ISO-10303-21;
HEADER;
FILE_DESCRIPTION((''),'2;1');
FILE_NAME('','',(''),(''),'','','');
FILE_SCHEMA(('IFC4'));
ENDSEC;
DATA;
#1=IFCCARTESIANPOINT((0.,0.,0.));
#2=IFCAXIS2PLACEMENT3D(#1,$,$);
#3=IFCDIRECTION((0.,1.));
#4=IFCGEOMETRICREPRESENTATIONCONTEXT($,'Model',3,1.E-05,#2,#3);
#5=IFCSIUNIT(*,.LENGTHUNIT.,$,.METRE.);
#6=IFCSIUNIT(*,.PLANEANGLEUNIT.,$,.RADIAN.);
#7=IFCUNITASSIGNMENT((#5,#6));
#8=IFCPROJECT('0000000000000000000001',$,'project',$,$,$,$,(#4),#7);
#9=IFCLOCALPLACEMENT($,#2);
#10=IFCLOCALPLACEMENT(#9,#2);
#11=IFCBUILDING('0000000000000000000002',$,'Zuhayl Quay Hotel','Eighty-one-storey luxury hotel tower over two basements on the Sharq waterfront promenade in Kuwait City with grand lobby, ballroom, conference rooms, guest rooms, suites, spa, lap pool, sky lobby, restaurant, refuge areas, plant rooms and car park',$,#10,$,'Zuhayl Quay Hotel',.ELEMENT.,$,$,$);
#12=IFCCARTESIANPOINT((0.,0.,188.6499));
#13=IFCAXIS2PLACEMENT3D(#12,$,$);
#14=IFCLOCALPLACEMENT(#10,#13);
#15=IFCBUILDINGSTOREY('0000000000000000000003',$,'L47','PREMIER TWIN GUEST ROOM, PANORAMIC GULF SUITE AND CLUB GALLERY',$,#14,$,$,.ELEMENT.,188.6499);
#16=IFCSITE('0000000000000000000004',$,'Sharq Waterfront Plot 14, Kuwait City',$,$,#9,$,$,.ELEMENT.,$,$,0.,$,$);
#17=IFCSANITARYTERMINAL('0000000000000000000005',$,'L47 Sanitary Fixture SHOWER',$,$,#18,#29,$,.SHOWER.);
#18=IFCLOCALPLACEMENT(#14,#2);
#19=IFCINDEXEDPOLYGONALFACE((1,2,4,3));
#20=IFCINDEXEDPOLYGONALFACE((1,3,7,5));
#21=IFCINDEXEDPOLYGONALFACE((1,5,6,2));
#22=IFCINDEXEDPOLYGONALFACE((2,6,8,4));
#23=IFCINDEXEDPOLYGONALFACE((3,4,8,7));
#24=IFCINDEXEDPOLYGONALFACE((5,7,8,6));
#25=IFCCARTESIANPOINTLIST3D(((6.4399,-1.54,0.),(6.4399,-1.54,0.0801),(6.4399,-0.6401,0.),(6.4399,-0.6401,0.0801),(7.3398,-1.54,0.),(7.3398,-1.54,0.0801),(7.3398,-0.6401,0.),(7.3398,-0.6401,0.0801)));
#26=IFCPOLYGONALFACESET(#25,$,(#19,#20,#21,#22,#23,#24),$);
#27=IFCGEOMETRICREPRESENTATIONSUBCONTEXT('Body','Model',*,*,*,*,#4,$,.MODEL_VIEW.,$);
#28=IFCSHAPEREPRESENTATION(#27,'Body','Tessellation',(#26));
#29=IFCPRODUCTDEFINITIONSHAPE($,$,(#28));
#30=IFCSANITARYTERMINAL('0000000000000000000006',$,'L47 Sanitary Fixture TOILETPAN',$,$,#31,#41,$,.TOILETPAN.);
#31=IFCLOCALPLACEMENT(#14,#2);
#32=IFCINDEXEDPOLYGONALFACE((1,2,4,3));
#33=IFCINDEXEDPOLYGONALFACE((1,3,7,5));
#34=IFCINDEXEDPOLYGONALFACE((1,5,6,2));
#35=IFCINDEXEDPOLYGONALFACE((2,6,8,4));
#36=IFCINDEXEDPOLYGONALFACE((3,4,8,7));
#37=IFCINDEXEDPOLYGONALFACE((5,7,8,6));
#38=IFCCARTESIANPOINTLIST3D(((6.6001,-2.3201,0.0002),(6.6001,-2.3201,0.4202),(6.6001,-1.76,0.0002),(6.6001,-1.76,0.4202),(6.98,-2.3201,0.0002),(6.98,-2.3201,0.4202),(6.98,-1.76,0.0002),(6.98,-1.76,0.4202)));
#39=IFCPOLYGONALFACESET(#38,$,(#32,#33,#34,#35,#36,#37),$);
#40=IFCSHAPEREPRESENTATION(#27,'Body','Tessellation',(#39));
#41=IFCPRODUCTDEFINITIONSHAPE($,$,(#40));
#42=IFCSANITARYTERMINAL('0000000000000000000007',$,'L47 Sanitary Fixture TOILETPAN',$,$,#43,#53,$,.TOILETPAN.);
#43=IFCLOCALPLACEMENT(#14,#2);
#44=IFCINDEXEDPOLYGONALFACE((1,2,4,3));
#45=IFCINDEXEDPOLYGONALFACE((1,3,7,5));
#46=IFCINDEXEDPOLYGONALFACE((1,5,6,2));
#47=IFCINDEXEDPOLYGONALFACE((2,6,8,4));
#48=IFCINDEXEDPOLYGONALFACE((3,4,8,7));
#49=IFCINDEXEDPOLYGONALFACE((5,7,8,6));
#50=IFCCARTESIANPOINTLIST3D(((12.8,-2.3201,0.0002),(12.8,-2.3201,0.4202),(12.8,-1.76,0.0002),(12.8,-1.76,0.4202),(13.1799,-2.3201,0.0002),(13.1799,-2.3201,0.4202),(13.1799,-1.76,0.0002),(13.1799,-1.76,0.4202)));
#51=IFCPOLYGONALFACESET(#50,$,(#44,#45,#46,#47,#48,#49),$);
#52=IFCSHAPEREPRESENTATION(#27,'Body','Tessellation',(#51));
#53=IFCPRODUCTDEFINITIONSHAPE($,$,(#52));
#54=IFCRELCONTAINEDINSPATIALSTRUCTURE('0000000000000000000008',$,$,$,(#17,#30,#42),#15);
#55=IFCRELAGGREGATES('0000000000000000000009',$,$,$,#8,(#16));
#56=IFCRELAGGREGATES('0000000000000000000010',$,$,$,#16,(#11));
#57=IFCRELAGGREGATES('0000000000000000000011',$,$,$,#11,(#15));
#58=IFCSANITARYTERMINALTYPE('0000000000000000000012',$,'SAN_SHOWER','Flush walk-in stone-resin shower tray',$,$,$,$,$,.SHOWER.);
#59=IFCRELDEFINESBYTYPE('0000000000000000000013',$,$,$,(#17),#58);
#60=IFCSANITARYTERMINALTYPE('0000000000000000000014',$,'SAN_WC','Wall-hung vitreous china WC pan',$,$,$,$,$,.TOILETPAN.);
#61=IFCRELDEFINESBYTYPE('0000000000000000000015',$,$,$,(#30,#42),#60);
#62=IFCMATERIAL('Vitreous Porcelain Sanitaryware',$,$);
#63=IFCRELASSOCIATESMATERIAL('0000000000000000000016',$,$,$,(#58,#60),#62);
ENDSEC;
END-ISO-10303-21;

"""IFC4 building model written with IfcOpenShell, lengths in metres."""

from ifc_helpers import new_model, si_unit, direction, frame, origin, origin_2d, place, context, subcontext, project, spatial, rectangle, extrude, material, type_object, element, save


model = new_model("IFC4")

# Units and contexts
model_context = context("Model", 3, precision=1e-05, world=origin(), true_north=direction((0.0, 1.0)))
body_context = subcontext(model_context, "Body", "Model", "MODEL_VIEW")
ifc_project = project(units=[si_unit("LENGTHUNIT", "METRE"), si_unit("PLANEANGLEUNIT", "RADIAN")], contexts=[model_context])

# Site, building, storey
site_placement = place(None, origin())
site = spatial("IfcSite", under=ifc_project, at=site_placement, Name="Sharq Waterfront Plot 14, Kuwait City", CompositionType="ELEMENT", RefElevation=0.0)
building_placement = place(site_placement, origin())
building = spatial("IfcBuilding", under=site, at=building_placement, Name="Zuhayl Quay Hotel", Description="Eighty-one-storey luxury hotel tower over two basements on the Sharq waterfront promenade in Kuwait City with grand lobby, ballroom, conference rooms, guest rooms, suites, spa, lap pool, sky lobby, restaurant, refuge areas, plant rooms and car park", LongName="Zuhayl Quay Hotel", CompositionType="ELEMENT")
storey_placement = place(building_placement, frame((0.0, 0.0, 188.6499)))
storey = spatial("IfcBuildingStorey", under=building, at=storey_placement, Name="L47", Description="PREMIER TWIN GUEST ROOM, PANORAMIC GULF SUITE AND CLUB GALLERY", CompositionType="ELEMENT", Elevation=188.6499)

# Sanitary terminals
ifc_material_1 = material(Name="Vitreous Porcelain Sanitaryware")
sanitary_terminal_type_1 = type_object("IfcSanitaryTerminalType", Name="SAN_SHOWER", Description="Flush walk-in stone-resin shower tray", PredefinedType="SHOWER", material=ifc_material_1)
sanitary_terminal_1_placement = place(storey_placement, frame((6.8899, -1.0901, 0.0), z_axis=(0.0, 0.0, 1.0), x_axis=(1.0, 0.0, 0.0)))
element("IfcSanitaryTerminal", 1, at=sanitary_terminal_1_placement, inside=storey, type_object=sanitary_terminal_type_1, Name="L47 Sanitary Fixture SHOWER", PredefinedType="SHOWER", context=body_context, shape_type="SweptSolid", body=[
    extrude(rectangle(XDim=0.8999, YDim=0.8999, at=origin_2d()), origin(), (0.0, 0.0, 1.0), 0.0801),
])
sanitary_terminal_type_2 = type_object("IfcSanitaryTerminalType", Name="SAN_WC", Description="Wall-hung vitreous china WC pan", PredefinedType="TOILETPAN", material=ifc_material_1)
for number, where, z_axis, x_axis, name in (
    (2, (6.79, -2.04, 0.0002), (0.0, 0.0, 1.0), (1.0, 0.0, 0.0), "L47 Sanitary Fixture TOILETPAN"),
    (3, (12.99, -2.04, 0.0002), (0.0, 0.0, 1.0), (1.0, 0.0, 0.0), "L47 Sanitary Fixture TOILETPAN"),
):
    element("IfcSanitaryTerminal", number, at=place(storey_placement, frame(where, z_axis=z_axis, x_axis=x_axis)), inside=storey, type_object=sanitary_terminal_type_2, Name=name, PredefinedType="TOILETPAN", context=body_context, shape_type="SweptSolid", body=[
        extrude(rectangle(XDim=0.3799, YDim=0.5601, at=origin_2d()), origin(), (0.0, 0.0, 1.0), 0.4199),
    ])

save(model, "model.ifc")
